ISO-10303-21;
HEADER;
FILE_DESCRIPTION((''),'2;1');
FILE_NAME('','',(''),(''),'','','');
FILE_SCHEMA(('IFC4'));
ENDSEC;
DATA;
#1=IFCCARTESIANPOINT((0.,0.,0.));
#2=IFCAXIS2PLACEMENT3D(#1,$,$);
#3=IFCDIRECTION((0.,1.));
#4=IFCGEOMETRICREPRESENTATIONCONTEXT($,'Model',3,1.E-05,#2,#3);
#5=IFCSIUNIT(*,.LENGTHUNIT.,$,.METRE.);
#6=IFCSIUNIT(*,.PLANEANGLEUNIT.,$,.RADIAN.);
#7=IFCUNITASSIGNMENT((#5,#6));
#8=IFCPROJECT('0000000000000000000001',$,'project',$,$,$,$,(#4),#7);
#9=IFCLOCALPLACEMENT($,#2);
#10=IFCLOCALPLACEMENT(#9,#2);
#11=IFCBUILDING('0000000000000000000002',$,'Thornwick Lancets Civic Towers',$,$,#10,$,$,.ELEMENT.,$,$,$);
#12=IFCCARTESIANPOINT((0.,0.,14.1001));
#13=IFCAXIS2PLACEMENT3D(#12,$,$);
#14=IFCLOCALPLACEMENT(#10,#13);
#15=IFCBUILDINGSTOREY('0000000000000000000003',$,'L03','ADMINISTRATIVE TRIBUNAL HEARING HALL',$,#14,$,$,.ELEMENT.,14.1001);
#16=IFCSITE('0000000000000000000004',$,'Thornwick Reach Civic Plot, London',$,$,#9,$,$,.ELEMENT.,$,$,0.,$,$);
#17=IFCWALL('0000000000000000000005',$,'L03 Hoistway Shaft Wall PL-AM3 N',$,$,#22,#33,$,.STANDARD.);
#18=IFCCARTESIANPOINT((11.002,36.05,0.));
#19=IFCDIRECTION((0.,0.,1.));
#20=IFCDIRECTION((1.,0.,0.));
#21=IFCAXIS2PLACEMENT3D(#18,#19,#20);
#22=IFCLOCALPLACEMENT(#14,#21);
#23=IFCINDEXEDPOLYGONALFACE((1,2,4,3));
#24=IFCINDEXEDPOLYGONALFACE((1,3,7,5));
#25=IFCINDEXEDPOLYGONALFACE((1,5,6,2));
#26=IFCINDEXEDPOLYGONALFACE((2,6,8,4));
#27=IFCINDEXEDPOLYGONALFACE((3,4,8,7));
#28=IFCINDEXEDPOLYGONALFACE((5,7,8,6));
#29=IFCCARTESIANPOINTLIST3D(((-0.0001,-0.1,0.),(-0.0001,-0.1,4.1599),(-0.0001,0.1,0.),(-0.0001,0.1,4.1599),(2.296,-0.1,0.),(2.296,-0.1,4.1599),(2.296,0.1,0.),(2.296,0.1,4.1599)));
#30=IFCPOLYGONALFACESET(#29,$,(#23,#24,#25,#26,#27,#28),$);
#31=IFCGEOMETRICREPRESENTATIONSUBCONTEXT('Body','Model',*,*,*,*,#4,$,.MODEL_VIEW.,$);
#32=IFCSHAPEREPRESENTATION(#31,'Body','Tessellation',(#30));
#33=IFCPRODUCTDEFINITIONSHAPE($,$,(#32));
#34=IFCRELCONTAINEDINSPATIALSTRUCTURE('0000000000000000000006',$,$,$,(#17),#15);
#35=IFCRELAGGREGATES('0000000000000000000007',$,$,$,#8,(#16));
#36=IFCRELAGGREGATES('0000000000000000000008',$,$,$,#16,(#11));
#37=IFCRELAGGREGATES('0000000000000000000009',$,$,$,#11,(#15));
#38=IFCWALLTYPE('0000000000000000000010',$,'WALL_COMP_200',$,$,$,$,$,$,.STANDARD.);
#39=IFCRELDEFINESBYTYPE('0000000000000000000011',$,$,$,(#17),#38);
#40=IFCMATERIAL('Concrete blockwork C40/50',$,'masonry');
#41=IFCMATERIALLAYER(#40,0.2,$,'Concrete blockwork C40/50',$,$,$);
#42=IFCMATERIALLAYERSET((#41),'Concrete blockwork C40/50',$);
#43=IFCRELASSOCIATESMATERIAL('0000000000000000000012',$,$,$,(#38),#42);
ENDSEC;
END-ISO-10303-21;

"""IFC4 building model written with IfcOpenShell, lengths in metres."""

from ifc_helpers import new_model, si_unit, direction, frame, frame_2d, origin, place, context, subcontext, project, spatial, rectangle, extrude, material, layer, layer_set, type_object, element, save


model = new_model("IFC4")

# Units and contexts
model_context = context("Model", 3, precision=1e-05, world=origin(), true_north=direction((0.0, 1.0)))
body_context = subcontext(model_context, "Body", "Model", "MODEL_VIEW")
ifc_project = project(units=[si_unit("LENGTHUNIT", "METRE"), si_unit("PLANEANGLEUNIT", "RADIAN")], contexts=[model_context])

# Site, building, storey
site_placement = place(None, origin())
site = spatial("IfcSite", under=ifc_project, at=site_placement, Name="Thornwick Reach Civic Plot, London", CompositionType="ELEMENT", RefElevation=0.0)
building_placement = place(site_placement, origin())
building = spatial("IfcBuilding", under=site, at=building_placement, Name="Thornwick Lancets Civic Towers", CompositionType="ELEMENT")
storey_placement = place(building_placement, frame((0.0, 0.0, 14.1001)))
storey = spatial("IfcBuildingStorey", under=building, at=storey_placement, Name="L03", Description="ADMINISTRATIVE TRIBUNAL HEARING HALL", CompositionType="ELEMENT", Elevation=14.1001)

# Shared definitions
ifc_material_1 = material(Name="Concrete blockwork C40/50", Category="masonry")
ifc_layer_1 = layer(ifc_material_1, 0.2, Name="Concrete blockwork C40/50")
ifc_layer_set_1 = layer_set([ifc_layer_1], Name="Concrete blockwork C40/50")
wall_type_1 = type_object("IfcWallType", Name="WALL_COMP_200", PredefinedType="STANDARD", material=ifc_layer_set_1)

# Wall
wall_1_placement = place(storey_placement, frame((11.002, 36.05, 0.0), z_axis=(0.0, 0.0, 1.0), x_axis=(1.0, 0.0, 0.0)))
element("IfcWall", 1, at=wall_1_placement, inside=storey, type_object=wall_type_1, Name="L03 Hoistway Shaft Wall PL-AM3 N", PredefinedType="STANDARD", context=body_context, shape_type="SweptSolid", body=[
    extrude(rectangle(XDim=2.2961, YDim=0.2, at=frame_2d((1.1479, 0.0))), origin(), (0.0, 0.0, 1.0), 4.1599),
])

save(model, "model.ifc")
